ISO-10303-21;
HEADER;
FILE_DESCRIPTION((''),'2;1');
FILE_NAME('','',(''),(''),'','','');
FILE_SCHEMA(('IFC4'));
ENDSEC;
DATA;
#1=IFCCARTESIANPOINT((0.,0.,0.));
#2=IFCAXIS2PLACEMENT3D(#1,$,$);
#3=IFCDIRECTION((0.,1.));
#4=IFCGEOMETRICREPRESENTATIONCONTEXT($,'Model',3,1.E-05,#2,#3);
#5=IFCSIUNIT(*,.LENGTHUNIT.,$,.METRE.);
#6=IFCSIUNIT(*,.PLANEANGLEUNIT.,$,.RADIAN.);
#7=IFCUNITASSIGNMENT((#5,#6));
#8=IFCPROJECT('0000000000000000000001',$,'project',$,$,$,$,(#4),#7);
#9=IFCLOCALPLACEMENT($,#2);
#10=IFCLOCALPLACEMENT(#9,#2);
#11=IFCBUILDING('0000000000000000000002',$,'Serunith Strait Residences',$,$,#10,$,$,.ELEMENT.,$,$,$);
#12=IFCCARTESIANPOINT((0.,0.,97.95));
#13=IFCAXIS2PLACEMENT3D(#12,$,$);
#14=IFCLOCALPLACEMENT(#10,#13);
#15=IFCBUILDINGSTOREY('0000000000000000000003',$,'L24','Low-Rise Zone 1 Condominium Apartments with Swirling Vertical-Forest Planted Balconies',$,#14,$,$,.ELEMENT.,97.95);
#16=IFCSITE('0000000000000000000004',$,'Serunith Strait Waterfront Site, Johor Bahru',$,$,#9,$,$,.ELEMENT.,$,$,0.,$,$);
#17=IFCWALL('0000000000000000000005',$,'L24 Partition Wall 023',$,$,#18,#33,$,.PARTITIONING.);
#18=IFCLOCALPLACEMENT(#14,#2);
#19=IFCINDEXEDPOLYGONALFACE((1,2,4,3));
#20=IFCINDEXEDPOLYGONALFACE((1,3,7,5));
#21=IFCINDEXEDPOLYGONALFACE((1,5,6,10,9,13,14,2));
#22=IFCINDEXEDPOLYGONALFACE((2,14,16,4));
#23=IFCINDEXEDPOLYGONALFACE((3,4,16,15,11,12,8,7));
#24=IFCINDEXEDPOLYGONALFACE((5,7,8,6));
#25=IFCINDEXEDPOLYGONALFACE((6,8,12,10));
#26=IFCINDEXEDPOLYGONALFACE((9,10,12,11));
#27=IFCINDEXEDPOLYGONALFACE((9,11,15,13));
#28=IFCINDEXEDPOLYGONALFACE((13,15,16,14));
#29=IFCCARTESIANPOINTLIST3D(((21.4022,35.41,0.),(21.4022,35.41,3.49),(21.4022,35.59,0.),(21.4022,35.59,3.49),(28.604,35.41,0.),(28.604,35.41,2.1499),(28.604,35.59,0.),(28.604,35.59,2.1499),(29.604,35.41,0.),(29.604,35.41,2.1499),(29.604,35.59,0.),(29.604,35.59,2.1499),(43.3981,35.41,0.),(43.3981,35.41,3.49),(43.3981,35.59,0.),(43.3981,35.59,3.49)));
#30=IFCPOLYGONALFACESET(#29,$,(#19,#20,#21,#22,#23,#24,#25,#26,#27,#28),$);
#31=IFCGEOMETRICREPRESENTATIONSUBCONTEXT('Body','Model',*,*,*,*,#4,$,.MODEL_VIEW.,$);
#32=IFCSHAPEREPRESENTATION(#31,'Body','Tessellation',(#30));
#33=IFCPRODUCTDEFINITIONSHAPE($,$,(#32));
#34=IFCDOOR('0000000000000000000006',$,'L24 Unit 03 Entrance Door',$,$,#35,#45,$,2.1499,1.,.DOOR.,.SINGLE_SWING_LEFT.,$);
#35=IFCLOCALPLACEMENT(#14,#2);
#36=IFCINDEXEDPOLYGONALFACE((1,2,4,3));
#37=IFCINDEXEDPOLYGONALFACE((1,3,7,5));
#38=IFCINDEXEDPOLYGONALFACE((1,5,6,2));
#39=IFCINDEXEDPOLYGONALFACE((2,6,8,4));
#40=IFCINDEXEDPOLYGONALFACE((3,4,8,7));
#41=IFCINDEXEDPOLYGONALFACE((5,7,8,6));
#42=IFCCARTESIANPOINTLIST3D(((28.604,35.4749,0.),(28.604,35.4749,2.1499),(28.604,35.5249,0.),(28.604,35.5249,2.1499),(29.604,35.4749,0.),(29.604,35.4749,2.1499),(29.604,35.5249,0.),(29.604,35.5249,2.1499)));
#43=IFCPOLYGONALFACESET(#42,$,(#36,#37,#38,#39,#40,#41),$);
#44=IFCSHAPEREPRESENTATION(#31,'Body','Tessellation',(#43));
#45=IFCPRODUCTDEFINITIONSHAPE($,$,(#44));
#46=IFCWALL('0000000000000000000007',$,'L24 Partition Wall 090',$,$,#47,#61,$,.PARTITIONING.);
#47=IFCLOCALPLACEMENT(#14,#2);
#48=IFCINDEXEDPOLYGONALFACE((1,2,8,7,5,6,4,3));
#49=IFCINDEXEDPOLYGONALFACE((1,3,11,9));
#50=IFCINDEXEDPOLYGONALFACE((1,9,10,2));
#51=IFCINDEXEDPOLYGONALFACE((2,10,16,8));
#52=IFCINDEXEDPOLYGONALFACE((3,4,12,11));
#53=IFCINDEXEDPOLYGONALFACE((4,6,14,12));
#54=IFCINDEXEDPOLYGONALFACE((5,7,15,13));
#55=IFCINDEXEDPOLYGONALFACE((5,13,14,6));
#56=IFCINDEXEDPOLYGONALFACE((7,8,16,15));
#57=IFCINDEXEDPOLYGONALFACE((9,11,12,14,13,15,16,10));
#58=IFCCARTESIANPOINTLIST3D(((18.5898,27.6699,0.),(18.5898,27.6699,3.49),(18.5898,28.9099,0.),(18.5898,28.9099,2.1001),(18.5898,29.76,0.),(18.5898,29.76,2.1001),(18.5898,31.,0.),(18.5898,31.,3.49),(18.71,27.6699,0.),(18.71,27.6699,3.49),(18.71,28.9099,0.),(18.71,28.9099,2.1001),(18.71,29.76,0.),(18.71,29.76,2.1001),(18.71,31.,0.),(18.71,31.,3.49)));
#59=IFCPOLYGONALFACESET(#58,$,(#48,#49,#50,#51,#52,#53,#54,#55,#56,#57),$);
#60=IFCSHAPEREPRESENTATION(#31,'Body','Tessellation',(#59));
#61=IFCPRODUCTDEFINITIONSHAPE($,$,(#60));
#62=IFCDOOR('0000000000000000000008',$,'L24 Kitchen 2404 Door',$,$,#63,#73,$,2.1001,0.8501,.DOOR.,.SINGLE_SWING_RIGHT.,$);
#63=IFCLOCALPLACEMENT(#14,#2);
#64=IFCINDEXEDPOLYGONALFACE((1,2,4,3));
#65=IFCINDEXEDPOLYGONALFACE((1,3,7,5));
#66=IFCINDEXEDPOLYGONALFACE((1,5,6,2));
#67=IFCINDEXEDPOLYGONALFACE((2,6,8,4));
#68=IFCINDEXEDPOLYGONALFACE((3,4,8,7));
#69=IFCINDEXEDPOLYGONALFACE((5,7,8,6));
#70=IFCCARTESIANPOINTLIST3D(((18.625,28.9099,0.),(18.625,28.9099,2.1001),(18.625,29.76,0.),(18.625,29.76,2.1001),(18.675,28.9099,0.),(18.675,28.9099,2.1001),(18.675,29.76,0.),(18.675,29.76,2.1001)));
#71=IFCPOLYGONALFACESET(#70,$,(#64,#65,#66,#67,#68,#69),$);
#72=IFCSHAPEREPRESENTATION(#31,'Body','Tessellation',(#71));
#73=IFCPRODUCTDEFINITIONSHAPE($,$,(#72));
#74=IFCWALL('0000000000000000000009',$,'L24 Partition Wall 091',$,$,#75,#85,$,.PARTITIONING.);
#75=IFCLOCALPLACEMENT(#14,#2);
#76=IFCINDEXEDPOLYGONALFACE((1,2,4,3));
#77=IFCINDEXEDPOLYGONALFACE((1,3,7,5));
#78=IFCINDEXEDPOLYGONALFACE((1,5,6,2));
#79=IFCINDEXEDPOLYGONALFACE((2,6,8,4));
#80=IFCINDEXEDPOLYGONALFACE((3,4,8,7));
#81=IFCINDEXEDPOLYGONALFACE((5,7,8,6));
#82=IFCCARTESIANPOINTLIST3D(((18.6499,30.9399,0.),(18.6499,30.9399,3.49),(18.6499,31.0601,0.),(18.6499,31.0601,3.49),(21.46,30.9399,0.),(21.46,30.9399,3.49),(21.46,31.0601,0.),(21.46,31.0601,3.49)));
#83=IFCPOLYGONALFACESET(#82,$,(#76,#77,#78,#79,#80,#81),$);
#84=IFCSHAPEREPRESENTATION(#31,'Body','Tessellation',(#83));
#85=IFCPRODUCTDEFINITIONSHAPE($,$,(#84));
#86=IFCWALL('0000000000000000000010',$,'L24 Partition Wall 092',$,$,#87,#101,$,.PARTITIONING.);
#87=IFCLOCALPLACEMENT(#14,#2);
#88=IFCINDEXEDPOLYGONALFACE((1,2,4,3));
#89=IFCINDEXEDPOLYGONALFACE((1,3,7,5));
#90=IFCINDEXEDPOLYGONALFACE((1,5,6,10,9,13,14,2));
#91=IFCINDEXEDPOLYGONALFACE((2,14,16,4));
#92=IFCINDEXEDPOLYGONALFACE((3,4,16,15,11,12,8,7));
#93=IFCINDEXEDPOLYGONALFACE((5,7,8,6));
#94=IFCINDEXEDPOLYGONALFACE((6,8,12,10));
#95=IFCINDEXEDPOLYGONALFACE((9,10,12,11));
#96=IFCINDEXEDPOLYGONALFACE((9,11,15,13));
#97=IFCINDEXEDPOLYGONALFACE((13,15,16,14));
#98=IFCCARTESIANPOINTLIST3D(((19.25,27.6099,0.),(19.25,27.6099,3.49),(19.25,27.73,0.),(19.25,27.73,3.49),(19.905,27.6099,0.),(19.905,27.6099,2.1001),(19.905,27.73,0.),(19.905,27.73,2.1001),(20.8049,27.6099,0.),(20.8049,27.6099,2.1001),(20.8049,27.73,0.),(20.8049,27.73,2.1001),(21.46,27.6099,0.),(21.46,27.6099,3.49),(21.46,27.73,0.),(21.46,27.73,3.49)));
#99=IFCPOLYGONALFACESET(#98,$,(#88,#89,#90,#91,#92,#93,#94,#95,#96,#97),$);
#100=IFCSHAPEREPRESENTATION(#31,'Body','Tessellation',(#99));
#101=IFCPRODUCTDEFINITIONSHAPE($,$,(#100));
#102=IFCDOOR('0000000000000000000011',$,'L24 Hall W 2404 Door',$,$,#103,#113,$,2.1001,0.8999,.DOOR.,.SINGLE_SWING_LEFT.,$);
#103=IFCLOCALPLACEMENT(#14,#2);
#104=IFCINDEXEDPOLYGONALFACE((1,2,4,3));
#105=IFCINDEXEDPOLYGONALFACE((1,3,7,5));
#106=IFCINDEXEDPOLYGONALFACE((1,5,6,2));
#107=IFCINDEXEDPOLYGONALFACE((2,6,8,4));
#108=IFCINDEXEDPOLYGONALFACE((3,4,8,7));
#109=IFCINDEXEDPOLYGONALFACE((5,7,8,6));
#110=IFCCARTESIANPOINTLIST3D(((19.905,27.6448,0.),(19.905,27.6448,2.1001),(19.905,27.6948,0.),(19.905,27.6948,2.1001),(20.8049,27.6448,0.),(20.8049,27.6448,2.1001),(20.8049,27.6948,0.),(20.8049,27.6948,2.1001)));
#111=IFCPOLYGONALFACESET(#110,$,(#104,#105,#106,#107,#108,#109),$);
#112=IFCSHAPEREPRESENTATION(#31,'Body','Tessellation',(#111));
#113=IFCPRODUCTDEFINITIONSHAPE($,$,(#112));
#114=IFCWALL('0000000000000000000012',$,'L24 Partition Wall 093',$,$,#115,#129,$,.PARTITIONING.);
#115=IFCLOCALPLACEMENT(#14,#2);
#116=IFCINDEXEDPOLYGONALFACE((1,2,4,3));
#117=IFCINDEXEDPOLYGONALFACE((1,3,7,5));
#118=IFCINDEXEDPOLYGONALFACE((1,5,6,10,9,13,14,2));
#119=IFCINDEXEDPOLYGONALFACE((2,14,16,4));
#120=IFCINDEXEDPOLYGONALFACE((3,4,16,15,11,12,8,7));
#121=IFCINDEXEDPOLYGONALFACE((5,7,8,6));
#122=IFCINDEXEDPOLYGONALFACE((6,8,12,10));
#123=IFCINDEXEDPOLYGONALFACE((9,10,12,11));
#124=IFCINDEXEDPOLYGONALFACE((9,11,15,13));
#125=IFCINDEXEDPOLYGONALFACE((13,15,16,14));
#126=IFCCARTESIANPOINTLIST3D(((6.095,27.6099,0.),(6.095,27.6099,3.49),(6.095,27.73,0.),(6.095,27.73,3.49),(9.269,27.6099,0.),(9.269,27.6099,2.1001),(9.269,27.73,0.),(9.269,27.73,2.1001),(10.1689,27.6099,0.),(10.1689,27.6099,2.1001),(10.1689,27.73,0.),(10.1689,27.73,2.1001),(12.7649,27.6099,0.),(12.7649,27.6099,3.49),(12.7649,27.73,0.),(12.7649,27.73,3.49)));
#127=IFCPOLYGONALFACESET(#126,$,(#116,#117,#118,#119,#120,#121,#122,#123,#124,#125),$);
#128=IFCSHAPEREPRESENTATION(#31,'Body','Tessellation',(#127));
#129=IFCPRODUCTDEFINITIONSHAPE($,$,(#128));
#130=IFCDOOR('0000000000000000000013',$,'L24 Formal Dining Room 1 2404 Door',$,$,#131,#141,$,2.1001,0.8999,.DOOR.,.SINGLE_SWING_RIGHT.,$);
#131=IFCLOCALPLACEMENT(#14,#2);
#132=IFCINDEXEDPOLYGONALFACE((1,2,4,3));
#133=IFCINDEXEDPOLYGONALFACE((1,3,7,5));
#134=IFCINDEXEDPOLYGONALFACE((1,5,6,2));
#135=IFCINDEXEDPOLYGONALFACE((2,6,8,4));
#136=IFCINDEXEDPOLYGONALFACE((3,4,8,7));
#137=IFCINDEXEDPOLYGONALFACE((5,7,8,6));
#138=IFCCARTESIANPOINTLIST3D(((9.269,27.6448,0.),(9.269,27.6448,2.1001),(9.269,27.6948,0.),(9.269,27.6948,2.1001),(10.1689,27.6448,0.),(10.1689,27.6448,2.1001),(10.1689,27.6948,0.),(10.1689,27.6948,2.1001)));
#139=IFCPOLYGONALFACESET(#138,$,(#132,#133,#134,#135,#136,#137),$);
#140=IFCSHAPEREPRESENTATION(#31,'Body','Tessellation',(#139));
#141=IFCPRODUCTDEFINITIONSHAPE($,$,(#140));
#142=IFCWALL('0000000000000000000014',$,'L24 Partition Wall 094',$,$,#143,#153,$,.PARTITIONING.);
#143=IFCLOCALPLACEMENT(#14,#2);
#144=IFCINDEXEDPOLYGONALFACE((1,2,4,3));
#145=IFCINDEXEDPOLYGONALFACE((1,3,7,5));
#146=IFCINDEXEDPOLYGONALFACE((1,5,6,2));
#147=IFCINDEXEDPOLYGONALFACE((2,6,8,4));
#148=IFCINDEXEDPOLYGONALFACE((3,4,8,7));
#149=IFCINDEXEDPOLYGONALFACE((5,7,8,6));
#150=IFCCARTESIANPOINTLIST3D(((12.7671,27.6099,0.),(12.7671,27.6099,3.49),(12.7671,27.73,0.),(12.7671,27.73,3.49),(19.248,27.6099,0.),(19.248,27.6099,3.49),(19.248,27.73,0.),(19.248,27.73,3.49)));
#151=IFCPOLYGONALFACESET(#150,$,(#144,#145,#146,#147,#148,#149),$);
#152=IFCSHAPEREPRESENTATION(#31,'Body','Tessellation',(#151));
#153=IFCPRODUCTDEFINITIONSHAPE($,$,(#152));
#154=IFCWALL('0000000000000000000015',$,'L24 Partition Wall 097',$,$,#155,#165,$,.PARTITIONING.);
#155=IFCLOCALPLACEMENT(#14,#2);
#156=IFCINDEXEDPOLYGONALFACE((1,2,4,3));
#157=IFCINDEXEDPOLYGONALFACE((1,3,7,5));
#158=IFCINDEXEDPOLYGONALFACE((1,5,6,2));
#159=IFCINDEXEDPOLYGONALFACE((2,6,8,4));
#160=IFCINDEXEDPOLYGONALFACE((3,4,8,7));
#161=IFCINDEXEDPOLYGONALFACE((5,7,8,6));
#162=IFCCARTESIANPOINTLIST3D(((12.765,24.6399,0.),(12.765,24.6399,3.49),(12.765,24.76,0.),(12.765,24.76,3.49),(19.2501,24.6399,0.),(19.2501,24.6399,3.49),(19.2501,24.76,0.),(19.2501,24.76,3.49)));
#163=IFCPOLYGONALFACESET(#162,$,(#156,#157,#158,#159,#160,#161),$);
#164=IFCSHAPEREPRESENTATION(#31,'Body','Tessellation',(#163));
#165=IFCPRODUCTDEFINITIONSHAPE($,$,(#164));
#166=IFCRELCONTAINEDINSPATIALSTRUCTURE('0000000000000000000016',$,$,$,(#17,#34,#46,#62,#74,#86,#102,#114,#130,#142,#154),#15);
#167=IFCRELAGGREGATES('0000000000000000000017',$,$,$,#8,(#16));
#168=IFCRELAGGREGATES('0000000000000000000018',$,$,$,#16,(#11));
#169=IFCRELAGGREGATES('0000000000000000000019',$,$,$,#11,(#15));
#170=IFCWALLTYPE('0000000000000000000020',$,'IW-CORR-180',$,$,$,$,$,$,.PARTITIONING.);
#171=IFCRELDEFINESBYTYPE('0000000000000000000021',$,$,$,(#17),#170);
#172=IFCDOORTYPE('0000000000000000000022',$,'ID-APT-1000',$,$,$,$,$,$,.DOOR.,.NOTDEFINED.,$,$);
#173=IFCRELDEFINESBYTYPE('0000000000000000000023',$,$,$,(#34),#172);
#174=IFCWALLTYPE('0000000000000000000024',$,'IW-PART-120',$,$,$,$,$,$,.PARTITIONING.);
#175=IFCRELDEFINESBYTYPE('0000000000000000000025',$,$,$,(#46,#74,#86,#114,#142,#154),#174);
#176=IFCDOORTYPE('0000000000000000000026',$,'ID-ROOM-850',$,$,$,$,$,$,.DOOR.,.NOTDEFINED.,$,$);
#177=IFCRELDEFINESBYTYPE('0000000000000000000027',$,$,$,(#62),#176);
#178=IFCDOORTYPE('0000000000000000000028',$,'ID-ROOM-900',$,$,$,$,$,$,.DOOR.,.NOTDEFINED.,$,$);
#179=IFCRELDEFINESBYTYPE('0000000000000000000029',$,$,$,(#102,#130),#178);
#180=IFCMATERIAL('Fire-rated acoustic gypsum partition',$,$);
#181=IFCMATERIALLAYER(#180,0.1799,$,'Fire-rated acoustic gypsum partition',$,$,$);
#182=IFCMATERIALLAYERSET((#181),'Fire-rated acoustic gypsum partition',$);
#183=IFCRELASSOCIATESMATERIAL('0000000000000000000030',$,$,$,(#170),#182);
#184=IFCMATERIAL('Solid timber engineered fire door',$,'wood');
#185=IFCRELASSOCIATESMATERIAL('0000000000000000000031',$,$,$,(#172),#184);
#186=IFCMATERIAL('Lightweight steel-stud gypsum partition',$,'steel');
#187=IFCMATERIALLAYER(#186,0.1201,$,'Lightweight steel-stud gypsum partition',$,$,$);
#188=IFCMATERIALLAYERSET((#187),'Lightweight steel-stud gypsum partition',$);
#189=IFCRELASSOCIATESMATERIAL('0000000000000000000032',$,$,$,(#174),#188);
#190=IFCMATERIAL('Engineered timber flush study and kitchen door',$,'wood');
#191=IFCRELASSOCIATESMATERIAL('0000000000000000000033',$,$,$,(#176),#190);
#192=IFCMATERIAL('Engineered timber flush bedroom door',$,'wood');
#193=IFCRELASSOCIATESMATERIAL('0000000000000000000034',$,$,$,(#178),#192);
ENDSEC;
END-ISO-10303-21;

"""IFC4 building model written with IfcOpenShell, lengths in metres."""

from ifc_helpers import new_model, si_unit, direction, frame, frame_2d, origin, place, context, subcontext, project, spatial, rectangle, extrude, source, transform, mapped, material, layer, layer_set, type_object, element, fill, save


model = new_model("IFC4")

# Units and contexts
model_context = context("Model", 3, precision=1e-05, world=origin(), true_north=direction((0.0, 1.0)))
body_context = subcontext(model_context, "Body", "Model", "MODEL_VIEW")
ifc_project = project(units=[si_unit("LENGTHUNIT", "METRE"), si_unit("PLANEANGLEUNIT", "RADIAN")], contexts=[model_context])

# Site, building, storey
site_placement = place(None, origin())
site = spatial("IfcSite", under=ifc_project, at=site_placement, Name="Serunith Strait Waterfront Site, Johor Bahru", CompositionType="ELEMENT", RefElevation=0.0)
building_placement = place(site_placement, origin())
building = spatial("IfcBuilding", under=site, at=building_placement, Name="Serunith Strait Residences", CompositionType="ELEMENT")
storey_placement = place(building_placement, frame((0.0, 0.0, 97.95)))
storey = spatial("IfcBuildingStorey", under=building, at=storey_placement, Name="L24", Description="Low-Rise Zone 1 Condominium Apartments with Swirling Vertical-Forest Planted Balconies", CompositionType="ELEMENT", Elevation=97.95)

# Walls, openings, doors
ifc_material_1 = material(Name="Fire-rated acoustic gypsum partition")
ifc_layer_1 = layer(ifc_material_1, 0.1799, Name="Fire-rated acoustic gypsum partition")
ifc_layer_set_1 = layer_set([ifc_layer_1], Name="Fire-rated acoustic gypsum partition")
wall_type_1 = type_object("IfcWallType", Name="IW-CORR-180", PredefinedType="PARTITIONING", material=ifc_layer_set_1)
wall_1_placement = place(storey_placement, frame((21.4021, 35.5, 0.0), z_axis=(0.0, 0.0, 1.0), x_axis=(1.0, 0.0, 0.0)))
wall_1 = element("IfcWall", 1, at=wall_1_placement, inside=storey, type_object=wall_type_1, Name="L24 Partition Wall 023", PredefinedType="PARTITIONING", context=body_context, shape_type="SweptSolid", body=[
    extrude(rectangle(XDim=21.9958, YDim=0.1799, at=frame_2d((10.998, 0.0))), origin(), (0.0, 0.0, 1.0), 3.49),
])
opening_1_placement = place(wall_1_placement, frame((7.2019, 0.0, 0.0)))
opening_1 = element("IfcOpeningElement", 2, at=opening_1_placement, cuts=wall_1, PredefinedType="OPENING", context=body_context, shape_type="SweptSolid", body=[
    extrude(rectangle(XDim=1.0, YDim=2.1499, at=frame_2d((0.5, 1.075))), frame((0.0, 0.1001, 0.0), z_axis=(0.0, -1.0, 0.0), x_axis=(1.0, 0.0, 0.0)), (0.0, 0.0, 1.0), 0.2),
])
ifc_material_2 = material(Name="Solid timber engineered fire door", Category="wood")
door_type_1 = type_object("IfcDoorType", Name="ID-APT-1000", OperationType="NOTDEFINED", PredefinedType="DOOR", material=ifc_material_2)
shared_shape_1 = source(origin(), body_context, "Body", "SweptSolid", [
    extrude(rectangle(XDim=1.0, YDim=2.1499, at=frame_2d((0.5, 1.075))), frame((0.0, 0.0249, 0.0), z_axis=(0.0, -1.0, 0.0), x_axis=(1.0, 0.0, 0.0)), (0.0, 0.0, 1.0), 0.05),
])
door_1_placement = place(opening_1_placement, origin())
door_1 = element("IfcDoor", 3, at=door_1_placement, inside=storey, type_object=door_type_1, Name="L24 Unit 03 Entrance Door", OperationType="SINGLE_SWING_LEFT", OverallHeight=2.1499, OverallWidth=1.0, PredefinedType="DOOR", context=body_context, shape_type="MappedRepresentation", body=[
    mapped(shared_shape_1, transform((0.0, 0.0, 0.0), scale=1.0)),
])
fill(opening_1, door_1)
ifc_material_3 = material(Name="Lightweight steel-stud gypsum partition", Category="steel")
ifc_layer_2 = layer(ifc_material_3, 0.1201, Name="Lightweight steel-stud gypsum partition")
ifc_layer_set_2 = layer_set([ifc_layer_2], Name="Lightweight steel-stud gypsum partition")
wall_type_2 = type_object("IfcWallType", Name="IW-PART-120", PredefinedType="PARTITIONING", material=ifc_layer_set_2)
wall_2_placement = place(storey_placement, frame((18.6499, 27.6699, 0.0), z_axis=(0.0, 0.0, 1.0), x_axis=(0.0, 1.0, 0.0)))
wall_2 = element("IfcWall", 4, at=wall_2_placement, inside=storey, type_object=wall_type_2, Name="L24 Partition Wall 090", PredefinedType="PARTITIONING", context=body_context, shape_type="SweptSolid", body=[
    extrude(rectangle(XDim=3.3301, YDim=0.1201, at=frame_2d((1.665, 0.0))), origin(), (0.0, 0.0, 1.0), 3.49),
])
opening_2_placement = place(wall_2_placement, frame((1.24, 0.0, 0.0)))
opening_2 = element("IfcOpeningElement", 5, at=opening_2_placement, cuts=wall_2, PredefinedType="OPENING", context=body_context, shape_type="SweptSolid", body=[
    extrude(rectangle(XDim=0.8501, YDim=2.1001, at=frame_2d((0.425, 1.05))), frame((0.0, 0.0701, 0.0), z_axis=(0.0, -1.0, 0.0), x_axis=(1.0, 0.0, 0.0)), (0.0, 0.0, 1.0), 0.1401),
])
ifc_material_4 = material(Name="Engineered timber flush study and kitchen door", Category="wood")
door_type_2 = type_object("IfcDoorType", Name="ID-ROOM-850", OperationType="NOTDEFINED", PredefinedType="DOOR", material=ifc_material_4)
shared_shape_2 = source(origin(), body_context, "Body", "SweptSolid", [
    extrude(rectangle(XDim=0.8501, YDim=2.1001, at=frame_2d((0.425, 1.05))), frame((0.0, 0.0249, 0.0), z_axis=(0.0, -1.0, 0.0), x_axis=(1.0, 0.0, 0.0)), (0.0, 0.0, 1.0), 0.05),
])
door_2_placement = place(opening_2_placement, origin())
door_2 = element("IfcDoor", 6, at=door_2_placement, inside=storey, type_object=door_type_2, Name="L24 Kitchen 2404 Door", OperationType="SINGLE_SWING_RIGHT", OverallHeight=2.1001, OverallWidth=0.8501, PredefinedType="DOOR", context=body_context, shape_type="MappedRepresentation", body=[
    mapped(shared_shape_2, transform((0.0, 0.0, 0.0), scale=1.0)),
])
fill(opening_2, door_2)

# Wall
wall_3_placement = place(storey_placement, frame((18.6499, 31.0, 0.0), z_axis=(0.0, 0.0, 1.0), x_axis=(1.0, 0.0, 0.0)))
element("IfcWall", 7, at=wall_3_placement, inside=storey, type_object=wall_type_2, Name="L24 Partition Wall 091", PredefinedType="PARTITIONING", context=body_context, shape_type="SweptSolid", body=[
    extrude(rectangle(XDim=2.8101, YDim=0.1201, at=frame_2d((1.405, 0.0))), origin(), (0.0, 0.0, 1.0), 3.49),
])

# Walls, openings, doors
wall_4_placement = place(storey_placement, frame((19.25, 27.6699, 0.0), z_axis=(0.0, 0.0, 1.0), x_axis=(1.0, 0.0, 0.0)))
wall_4 = element("IfcWall", 8, at=wall_4_placement, inside=storey, type_object=wall_type_2, Name="L24 Partition Wall 092", PredefinedType="PARTITIONING", context=body_context, shape_type="SweptSolid", body=[
    extrude(rectangle(XDim=2.21, YDim=0.1201, at=frame_2d((1.105, 0.0))), origin(), (0.0, 0.0, 1.0), 3.49),
])
opening_3_placement = place(wall_4_placement, frame((0.655, 0.0, 0.0)))
opening_3 = element("IfcOpeningElement", 9, at=opening_3_placement, cuts=wall_4, PredefinedType="OPENING", context=body_context, shape_type="SweptSolid", body=[
    extrude(rectangle(XDim=0.8999, YDim=2.1001, at=frame_2d((0.45, 1.05))), frame((0.0, 0.0701, 0.0), z_axis=(0.0, -1.0, 0.0), x_axis=(1.0, 0.0, 0.0)), (0.0, 0.0, 1.0), 0.1401),
])
ifc_material_5 = material(Name="Engineered timber flush bedroom door", Category="wood")
door_type_3 = type_object("IfcDoorType", Name="ID-ROOM-900", OperationType="NOTDEFINED", PredefinedType="DOOR", material=ifc_material_5)
shared_shape_3 = source(origin(), body_context, "Body", "SweptSolid", [
    extrude(rectangle(XDim=0.8999, YDim=2.1001, at=frame_2d((0.45, 1.05))), frame((0.0, 0.0249, 0.0), z_axis=(0.0, -1.0, 0.0), x_axis=(1.0, 0.0, 0.0)), (0.0, 0.0, 1.0), 0.05),
])
door_3_placement = place(opening_3_placement, origin())
door_3 = element("IfcDoor", 10, at=door_3_placement, inside=storey, type_object=door_type_3, Name="L24 Hall W 2404 Door", OperationType="SINGLE_SWING_LEFT", OverallHeight=2.1001, OverallWidth=0.8999, PredefinedType="DOOR", context=body_context, shape_type="MappedRepresentation", body=[
    mapped(shared_shape_3, transform((0.0, 0.0, 0.0), scale=1.0)),
])
fill(opening_3, door_3)
wall_5_placement = place(storey_placement, frame((6.095, 27.6699, 0.0), z_axis=(0.0, 0.0, 1.0), x_axis=(1.0, 0.0, 0.0)))
wall_5 = element("IfcWall", 11, at=wall_5_placement, inside=storey, type_object=wall_type_2, Name="L24 Partition Wall 093", PredefinedType="PARTITIONING", context=body_context, shape_type="SweptSolid", body=[
    extrude(rectangle(XDim=6.6699, YDim=0.1201, at=frame_2d((3.335, 0.0))), origin(), (0.0, 0.0, 1.0), 3.49),
])
opening_4_placement = place(wall_5_placement, frame((3.1741, 0.0, 0.0)))
opening_4 = element("IfcOpeningElement", 12, at=opening_4_placement, cuts=wall_5, PredefinedType="OPENING", context=body_context, shape_type="SweptSolid", body=[
    extrude(rectangle(XDim=0.8999, YDim=2.1001, at=frame_2d((0.45, 1.05))), frame((0.0, 0.0701, 0.0), z_axis=(0.0, -1.0, 0.0), x_axis=(1.0, 0.0, 0.0)), (0.0, 0.0, 1.0), 0.1401),
])
door_4_placement = place(opening_4_placement, origin())
door_4 = element("IfcDoor", 13, at=door_4_placement, inside=storey, type_object=door_type_3, Name="L24 Formal Dining Room 1 2404 Door", OperationType="SINGLE_SWING_RIGHT", OverallHeight=2.1001, OverallWidth=0.8999, PredefinedType="DOOR", context=body_context, shape_type="MappedRepresentation", body=[
    mapped(shared_shape_3, transform((0.0, 0.0, 0.0), scale=1.0)),
])
fill(opening_4, door_4)

# Walls
wall_6_placement = place(storey_placement, frame((12.7671, 27.6699, 0.0), z_axis=(0.0, 0.0, 1.0), x_axis=(1.0, 0.0, 0.0)))
element("IfcWall", 14, at=wall_6_placement, inside=storey, type_object=wall_type_2, Name="L24 Partition Wall 094", PredefinedType="PARTITIONING", context=body_context, shape_type="SweptSolid", body=[
    extrude(rectangle(XDim=6.481, YDim=0.1201, at=frame_2d((3.2405, 0.0))), origin(), (0.0, 0.0, 1.0), 3.49),
])
wall_7_placement = place(storey_placement, frame((12.7649, 24.7, 0.0), z_axis=(0.0, 0.0, 1.0), x_axis=(1.0, 0.0, 0.0)))
element("IfcWall", 15, at=wall_7_placement, inside=storey, type_object=wall_type_2, Name="L24 Partition Wall 097", PredefinedType="PARTITIONING", context=body_context, shape_type="SweptSolid", body=[
    extrude(rectangle(XDim=6.4851, YDim=0.1201, at=frame_2d((3.2427, 0.0))), origin(), (0.0, 0.0, 1.0), 3.49),
])

save(model, "model.ifc")
